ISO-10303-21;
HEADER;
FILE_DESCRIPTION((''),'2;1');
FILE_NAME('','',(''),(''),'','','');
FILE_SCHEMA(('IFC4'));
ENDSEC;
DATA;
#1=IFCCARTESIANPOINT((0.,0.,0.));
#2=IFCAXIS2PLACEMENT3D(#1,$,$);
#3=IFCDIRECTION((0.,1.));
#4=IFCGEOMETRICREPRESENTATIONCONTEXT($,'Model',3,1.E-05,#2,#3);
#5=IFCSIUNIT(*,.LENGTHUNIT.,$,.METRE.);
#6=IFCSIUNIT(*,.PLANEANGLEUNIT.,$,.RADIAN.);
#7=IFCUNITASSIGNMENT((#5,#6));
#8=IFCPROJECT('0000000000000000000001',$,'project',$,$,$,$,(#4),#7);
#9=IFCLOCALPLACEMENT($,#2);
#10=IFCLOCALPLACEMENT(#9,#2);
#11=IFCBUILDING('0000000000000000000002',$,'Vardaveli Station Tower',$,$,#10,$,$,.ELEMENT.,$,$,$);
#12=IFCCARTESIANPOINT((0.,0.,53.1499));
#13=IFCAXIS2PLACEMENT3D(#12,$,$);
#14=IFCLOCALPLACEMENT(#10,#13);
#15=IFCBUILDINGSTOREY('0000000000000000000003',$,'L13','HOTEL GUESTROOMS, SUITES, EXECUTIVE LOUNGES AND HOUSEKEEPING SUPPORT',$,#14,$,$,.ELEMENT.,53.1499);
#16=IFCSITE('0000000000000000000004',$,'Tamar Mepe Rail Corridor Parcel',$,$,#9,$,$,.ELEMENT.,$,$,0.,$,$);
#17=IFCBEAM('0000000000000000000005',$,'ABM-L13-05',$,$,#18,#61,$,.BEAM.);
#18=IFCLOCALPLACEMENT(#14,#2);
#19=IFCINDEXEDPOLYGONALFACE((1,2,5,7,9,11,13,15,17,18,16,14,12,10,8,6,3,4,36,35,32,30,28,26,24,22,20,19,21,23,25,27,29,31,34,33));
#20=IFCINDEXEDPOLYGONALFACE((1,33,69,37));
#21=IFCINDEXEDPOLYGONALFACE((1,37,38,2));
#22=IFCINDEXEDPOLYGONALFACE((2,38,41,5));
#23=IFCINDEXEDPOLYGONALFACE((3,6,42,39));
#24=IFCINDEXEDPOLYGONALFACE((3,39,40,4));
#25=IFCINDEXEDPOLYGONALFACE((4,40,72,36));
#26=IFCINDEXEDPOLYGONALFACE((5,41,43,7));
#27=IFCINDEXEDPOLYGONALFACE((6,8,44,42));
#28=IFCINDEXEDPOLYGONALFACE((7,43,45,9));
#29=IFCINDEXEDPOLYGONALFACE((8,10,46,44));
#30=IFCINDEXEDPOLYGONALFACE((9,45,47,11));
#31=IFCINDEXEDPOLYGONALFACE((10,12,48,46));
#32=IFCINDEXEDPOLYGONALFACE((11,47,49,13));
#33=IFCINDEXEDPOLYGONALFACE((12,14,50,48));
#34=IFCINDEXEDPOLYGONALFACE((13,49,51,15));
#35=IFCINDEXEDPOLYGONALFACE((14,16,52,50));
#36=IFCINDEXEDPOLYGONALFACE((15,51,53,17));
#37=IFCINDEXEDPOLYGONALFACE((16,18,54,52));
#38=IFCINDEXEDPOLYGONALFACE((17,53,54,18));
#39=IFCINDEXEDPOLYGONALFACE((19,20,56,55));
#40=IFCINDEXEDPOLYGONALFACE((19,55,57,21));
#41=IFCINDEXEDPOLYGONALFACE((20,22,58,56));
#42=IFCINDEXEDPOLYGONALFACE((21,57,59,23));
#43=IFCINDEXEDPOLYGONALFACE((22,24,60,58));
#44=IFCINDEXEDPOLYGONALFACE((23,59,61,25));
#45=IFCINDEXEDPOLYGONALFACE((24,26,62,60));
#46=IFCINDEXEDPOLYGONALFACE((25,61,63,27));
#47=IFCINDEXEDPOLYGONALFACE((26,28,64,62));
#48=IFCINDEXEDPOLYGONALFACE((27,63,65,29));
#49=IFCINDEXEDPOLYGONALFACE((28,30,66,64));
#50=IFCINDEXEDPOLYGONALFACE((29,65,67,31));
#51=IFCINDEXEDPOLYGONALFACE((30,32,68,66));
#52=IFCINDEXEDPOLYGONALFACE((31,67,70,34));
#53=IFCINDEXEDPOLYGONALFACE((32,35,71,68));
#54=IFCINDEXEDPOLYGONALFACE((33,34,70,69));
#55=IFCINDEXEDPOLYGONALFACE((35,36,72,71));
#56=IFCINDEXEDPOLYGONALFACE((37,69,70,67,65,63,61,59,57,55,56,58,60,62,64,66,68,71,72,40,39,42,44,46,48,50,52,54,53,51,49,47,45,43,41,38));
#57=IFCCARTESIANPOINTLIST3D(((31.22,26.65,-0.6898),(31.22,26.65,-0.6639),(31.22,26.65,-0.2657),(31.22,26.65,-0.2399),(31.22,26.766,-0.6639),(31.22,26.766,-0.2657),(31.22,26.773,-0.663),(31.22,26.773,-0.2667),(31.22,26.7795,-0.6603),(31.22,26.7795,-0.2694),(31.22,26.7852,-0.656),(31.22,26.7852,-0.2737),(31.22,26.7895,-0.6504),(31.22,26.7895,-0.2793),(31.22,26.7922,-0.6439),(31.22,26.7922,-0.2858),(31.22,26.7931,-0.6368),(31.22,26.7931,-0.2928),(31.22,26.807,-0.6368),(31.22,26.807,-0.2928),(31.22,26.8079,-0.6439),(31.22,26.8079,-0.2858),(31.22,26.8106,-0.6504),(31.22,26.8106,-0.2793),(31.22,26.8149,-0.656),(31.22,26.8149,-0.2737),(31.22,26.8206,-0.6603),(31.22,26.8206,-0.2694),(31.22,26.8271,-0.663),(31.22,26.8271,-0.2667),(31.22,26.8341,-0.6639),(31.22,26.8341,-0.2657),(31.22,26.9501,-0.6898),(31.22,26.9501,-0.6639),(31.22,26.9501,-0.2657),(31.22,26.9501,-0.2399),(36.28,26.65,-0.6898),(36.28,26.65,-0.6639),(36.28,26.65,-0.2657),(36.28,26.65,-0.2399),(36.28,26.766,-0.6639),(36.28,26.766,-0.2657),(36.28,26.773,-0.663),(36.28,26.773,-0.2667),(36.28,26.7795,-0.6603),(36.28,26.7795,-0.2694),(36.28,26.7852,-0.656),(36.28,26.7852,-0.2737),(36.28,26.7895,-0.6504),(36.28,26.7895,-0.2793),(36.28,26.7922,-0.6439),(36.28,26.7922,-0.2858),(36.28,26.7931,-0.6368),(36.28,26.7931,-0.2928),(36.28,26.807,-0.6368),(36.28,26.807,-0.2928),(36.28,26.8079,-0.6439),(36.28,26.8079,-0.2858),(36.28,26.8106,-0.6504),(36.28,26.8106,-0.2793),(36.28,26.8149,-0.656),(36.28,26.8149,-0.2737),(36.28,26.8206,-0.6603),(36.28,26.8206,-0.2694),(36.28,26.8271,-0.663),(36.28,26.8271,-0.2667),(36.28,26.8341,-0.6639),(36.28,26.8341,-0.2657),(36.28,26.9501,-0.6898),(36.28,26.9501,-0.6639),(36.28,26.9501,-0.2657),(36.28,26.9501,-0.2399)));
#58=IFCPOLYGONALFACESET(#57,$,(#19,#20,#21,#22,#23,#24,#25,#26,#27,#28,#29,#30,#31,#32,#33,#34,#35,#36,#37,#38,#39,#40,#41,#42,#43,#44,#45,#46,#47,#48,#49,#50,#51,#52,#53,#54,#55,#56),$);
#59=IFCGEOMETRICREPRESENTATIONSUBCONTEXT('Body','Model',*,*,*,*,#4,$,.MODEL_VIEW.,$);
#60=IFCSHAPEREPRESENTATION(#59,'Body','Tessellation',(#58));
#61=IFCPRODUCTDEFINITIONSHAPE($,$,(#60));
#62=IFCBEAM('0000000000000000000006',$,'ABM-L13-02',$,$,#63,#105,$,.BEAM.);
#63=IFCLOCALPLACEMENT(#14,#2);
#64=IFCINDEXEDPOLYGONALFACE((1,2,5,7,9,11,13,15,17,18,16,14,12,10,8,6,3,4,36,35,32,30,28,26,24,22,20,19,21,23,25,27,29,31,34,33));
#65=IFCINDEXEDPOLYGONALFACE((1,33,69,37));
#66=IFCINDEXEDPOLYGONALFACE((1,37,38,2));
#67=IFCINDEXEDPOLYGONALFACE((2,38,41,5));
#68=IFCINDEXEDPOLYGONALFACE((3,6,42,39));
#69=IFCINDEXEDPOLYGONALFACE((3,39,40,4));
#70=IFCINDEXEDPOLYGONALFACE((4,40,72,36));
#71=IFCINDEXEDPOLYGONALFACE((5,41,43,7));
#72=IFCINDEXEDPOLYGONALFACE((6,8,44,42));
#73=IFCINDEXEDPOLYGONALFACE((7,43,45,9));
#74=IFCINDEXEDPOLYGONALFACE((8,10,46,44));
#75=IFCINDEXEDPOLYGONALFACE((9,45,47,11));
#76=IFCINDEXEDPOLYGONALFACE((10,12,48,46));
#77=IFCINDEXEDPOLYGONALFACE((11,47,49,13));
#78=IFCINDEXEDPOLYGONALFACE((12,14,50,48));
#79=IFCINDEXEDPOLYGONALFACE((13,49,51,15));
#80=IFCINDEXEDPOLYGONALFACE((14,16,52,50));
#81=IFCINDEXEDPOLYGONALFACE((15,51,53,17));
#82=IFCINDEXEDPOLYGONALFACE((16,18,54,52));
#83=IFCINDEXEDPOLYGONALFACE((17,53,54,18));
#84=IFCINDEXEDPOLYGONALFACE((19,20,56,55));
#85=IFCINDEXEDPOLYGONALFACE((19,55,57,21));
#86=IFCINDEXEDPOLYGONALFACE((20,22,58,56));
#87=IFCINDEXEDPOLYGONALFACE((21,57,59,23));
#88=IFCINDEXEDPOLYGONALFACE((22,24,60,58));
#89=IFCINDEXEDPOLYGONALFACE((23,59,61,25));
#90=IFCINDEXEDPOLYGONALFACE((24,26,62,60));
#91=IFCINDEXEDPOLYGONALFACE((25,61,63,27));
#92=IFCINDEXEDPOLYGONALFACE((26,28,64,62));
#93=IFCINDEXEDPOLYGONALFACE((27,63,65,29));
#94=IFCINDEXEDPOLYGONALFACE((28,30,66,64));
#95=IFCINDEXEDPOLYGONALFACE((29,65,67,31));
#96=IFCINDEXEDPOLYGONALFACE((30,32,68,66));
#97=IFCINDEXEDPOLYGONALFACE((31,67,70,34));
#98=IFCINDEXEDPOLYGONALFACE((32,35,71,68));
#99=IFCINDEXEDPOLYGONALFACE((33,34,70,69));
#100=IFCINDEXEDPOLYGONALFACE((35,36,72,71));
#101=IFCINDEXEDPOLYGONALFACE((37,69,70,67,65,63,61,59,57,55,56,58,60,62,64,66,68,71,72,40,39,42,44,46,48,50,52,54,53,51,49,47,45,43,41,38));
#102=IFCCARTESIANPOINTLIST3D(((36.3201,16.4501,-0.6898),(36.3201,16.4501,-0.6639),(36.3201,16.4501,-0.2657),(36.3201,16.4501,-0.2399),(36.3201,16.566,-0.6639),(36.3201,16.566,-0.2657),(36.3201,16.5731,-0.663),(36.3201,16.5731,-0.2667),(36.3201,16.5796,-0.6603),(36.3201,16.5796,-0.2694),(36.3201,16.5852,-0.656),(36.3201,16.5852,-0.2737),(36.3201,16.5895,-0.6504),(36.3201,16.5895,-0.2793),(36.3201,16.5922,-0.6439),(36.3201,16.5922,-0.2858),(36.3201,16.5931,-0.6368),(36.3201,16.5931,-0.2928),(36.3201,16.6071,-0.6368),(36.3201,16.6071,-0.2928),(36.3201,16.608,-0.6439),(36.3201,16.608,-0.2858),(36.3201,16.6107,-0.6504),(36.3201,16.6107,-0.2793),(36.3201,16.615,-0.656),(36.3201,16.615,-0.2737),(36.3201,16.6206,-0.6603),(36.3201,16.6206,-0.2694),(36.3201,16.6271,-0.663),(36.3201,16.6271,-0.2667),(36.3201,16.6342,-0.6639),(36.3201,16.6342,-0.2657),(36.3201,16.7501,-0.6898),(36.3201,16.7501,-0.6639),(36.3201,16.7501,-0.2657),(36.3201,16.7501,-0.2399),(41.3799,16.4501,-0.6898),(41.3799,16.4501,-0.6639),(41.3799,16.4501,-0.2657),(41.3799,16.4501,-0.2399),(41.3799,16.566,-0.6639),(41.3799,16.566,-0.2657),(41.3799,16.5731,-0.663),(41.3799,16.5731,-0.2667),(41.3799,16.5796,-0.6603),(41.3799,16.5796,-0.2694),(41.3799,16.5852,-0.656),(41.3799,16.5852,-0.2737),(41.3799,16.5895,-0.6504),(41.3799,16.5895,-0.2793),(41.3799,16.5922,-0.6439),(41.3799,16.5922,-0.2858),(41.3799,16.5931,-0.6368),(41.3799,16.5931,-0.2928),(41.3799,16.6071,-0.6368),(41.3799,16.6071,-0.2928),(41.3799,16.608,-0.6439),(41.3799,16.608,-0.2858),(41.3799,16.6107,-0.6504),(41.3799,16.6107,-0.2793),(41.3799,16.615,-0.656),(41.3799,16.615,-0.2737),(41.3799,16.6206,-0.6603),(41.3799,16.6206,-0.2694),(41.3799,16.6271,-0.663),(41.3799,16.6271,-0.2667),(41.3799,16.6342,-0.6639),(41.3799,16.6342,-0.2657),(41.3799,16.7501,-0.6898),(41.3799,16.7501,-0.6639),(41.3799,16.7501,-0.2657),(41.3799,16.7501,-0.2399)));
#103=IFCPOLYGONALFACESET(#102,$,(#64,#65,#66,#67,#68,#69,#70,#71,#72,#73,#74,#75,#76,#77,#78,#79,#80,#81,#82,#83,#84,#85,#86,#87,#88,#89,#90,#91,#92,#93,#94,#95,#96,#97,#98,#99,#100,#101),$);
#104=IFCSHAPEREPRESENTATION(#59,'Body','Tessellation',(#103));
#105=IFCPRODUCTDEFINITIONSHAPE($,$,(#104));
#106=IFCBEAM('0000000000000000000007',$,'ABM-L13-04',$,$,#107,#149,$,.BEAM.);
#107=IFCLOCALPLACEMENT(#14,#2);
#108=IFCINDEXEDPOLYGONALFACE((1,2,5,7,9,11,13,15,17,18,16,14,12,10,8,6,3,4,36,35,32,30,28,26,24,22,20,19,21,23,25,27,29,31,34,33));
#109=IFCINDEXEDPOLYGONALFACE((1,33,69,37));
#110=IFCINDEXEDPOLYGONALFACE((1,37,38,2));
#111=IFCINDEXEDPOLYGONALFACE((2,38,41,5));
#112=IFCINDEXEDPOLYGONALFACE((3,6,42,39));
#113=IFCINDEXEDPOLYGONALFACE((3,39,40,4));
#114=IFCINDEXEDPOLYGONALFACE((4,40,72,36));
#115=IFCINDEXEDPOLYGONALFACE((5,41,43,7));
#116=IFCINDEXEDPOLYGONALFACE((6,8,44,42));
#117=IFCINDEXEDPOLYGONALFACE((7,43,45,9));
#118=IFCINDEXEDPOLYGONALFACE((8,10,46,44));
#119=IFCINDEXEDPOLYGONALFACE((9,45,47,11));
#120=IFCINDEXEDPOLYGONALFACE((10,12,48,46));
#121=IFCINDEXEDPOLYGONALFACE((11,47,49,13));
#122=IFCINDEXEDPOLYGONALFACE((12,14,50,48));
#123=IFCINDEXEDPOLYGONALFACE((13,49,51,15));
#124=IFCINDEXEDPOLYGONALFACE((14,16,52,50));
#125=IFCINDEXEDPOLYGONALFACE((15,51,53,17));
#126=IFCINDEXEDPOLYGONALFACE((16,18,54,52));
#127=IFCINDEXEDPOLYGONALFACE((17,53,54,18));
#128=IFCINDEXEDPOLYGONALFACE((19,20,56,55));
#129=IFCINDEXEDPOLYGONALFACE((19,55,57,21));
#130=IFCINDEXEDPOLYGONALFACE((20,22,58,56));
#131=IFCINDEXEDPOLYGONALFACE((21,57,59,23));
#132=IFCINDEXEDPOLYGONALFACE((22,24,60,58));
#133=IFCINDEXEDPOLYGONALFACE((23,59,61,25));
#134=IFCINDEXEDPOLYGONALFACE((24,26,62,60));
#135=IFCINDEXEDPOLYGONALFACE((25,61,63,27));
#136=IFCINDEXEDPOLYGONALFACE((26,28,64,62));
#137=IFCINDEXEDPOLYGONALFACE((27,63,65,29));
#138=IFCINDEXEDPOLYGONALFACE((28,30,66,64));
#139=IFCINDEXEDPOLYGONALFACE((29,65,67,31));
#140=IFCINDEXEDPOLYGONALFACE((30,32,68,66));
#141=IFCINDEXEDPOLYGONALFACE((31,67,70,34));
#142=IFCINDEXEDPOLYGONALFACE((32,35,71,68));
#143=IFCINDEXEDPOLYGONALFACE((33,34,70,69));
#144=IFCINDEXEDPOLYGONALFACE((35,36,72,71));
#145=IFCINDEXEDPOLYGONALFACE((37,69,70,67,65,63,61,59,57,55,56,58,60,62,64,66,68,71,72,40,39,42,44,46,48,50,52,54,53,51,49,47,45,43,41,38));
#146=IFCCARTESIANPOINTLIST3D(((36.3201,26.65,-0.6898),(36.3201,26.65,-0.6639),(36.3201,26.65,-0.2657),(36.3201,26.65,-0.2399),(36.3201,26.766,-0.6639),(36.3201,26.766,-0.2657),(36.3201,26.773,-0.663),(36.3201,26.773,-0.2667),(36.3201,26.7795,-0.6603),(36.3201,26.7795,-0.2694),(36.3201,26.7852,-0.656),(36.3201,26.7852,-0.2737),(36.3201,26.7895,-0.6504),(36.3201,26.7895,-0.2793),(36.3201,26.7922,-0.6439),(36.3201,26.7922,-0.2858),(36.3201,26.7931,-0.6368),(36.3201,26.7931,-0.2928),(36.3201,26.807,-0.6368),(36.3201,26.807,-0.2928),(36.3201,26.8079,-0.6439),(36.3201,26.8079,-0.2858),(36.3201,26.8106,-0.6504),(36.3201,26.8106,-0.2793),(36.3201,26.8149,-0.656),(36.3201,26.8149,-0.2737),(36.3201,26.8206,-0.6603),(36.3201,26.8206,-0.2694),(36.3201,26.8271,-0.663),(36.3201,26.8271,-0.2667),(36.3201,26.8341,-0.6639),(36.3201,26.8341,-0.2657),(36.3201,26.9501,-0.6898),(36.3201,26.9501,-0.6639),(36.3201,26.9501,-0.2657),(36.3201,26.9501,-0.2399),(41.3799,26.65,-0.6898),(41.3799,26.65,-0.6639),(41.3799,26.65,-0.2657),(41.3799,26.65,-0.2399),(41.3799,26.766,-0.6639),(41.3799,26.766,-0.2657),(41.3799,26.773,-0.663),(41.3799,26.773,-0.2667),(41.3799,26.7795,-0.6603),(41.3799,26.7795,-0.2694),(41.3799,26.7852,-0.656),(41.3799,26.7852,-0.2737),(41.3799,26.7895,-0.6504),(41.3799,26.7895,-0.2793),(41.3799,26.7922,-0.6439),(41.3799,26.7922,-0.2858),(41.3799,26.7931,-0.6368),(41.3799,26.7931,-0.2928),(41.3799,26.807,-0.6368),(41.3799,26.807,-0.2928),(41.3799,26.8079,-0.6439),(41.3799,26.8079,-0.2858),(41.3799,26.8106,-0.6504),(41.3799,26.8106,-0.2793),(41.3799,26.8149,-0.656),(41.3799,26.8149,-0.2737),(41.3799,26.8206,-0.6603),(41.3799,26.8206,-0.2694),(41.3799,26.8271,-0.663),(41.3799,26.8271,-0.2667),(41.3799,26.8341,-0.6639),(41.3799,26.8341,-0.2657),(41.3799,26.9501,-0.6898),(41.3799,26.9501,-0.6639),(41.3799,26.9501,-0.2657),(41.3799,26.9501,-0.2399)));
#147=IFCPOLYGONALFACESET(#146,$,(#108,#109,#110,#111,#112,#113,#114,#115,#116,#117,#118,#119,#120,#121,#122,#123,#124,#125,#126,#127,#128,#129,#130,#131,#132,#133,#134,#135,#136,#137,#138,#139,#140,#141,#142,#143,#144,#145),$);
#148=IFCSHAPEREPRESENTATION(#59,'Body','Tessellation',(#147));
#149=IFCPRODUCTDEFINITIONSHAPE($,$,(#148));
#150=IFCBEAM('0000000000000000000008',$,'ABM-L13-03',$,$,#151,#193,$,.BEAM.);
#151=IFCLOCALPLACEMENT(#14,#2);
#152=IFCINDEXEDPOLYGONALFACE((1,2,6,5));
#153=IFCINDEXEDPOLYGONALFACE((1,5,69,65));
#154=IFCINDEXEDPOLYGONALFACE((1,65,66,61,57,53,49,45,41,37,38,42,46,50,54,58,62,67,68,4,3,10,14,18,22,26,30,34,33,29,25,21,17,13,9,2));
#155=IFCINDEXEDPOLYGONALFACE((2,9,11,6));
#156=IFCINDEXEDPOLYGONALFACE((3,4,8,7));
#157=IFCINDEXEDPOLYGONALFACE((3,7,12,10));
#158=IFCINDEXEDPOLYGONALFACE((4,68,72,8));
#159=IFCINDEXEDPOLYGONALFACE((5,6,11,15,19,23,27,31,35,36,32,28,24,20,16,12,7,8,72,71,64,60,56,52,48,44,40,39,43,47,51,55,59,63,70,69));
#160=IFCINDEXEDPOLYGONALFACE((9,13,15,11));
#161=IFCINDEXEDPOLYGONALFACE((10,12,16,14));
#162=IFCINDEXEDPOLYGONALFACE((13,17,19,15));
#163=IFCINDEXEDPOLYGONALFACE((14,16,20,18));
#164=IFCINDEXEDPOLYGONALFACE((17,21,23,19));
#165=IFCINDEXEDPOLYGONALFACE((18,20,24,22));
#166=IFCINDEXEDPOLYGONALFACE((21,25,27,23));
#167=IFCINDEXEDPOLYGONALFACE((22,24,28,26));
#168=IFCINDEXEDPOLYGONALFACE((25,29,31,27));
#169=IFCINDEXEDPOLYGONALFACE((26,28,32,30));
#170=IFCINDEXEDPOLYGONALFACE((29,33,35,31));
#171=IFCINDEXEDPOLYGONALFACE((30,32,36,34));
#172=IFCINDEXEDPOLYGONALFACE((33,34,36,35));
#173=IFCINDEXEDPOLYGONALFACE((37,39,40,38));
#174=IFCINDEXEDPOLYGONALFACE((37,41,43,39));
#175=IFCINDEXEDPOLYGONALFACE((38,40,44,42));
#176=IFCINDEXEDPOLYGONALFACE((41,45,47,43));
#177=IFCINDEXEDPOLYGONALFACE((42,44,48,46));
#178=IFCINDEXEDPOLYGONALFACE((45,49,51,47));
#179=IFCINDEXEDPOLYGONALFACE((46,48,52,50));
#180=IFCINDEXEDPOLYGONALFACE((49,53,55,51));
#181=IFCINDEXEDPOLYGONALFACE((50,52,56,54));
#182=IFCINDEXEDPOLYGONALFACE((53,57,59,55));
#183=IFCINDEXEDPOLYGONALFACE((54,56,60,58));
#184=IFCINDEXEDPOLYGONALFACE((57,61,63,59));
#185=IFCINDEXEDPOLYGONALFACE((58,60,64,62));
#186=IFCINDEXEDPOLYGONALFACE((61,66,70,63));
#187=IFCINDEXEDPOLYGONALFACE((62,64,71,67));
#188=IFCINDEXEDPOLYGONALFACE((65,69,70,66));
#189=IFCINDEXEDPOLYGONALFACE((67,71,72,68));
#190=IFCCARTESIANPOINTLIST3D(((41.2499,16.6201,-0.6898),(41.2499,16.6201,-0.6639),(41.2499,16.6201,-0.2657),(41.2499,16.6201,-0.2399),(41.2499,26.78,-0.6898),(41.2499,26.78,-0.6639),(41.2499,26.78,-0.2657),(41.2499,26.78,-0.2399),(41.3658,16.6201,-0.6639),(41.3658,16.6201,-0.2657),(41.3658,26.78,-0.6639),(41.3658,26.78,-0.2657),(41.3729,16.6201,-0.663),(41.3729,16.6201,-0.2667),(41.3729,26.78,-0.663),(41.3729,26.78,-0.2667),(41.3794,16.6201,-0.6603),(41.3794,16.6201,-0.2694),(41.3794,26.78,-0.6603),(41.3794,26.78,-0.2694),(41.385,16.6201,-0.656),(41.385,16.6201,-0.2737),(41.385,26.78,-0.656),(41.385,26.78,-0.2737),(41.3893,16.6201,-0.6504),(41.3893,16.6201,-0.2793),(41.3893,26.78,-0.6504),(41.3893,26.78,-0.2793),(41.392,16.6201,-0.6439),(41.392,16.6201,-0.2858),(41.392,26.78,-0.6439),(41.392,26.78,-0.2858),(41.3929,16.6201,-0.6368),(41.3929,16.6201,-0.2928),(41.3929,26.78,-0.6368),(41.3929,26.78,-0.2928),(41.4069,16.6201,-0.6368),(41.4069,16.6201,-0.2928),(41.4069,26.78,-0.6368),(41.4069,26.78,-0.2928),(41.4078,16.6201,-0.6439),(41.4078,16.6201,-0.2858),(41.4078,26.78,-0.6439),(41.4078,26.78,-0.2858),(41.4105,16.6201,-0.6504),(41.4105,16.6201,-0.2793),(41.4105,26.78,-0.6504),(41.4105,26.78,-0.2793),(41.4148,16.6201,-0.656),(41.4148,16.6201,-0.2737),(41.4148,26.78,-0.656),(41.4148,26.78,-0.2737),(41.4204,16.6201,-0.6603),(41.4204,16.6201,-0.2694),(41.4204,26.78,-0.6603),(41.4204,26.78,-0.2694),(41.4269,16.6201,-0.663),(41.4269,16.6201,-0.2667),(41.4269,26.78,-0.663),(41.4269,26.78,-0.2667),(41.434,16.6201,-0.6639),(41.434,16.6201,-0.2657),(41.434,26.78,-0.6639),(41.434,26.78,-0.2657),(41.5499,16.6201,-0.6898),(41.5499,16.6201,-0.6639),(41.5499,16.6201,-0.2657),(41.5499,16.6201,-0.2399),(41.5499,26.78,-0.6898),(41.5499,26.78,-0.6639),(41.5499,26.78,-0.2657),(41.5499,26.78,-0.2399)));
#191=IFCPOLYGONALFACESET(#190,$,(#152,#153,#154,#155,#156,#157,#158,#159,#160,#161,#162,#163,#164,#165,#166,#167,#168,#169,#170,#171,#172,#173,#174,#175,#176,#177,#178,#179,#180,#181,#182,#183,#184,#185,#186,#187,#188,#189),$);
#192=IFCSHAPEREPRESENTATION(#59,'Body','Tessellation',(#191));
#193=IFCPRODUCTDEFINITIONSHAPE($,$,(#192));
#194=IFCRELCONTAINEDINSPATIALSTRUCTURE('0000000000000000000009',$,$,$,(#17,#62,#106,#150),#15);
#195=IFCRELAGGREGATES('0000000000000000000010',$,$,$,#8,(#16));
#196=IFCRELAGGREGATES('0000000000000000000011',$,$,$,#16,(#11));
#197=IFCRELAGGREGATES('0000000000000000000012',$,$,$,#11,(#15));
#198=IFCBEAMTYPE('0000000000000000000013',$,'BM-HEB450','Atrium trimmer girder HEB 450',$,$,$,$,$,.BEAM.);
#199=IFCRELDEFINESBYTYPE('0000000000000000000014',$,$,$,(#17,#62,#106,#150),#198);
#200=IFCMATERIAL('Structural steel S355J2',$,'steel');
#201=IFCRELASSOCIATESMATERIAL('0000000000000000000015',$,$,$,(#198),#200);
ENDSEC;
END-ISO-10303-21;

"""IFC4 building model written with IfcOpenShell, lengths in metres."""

from ifc_helpers import new_model, si_unit, direction, frame, origin, origin_2d, place, context, subcontext, project, spatial, i_section, extrude, source, transform, mapped, material, material_profile, profile_set, type_object, element, save


model = new_model("IFC4")

# Units and contexts
model_context = context("Model", 3, precision=1e-05, world=origin(), true_north=direction((0.0, 1.0)))
body_context = subcontext(model_context, "Body", "Model", "MODEL_VIEW")
ifc_project = project(units=[si_unit("LENGTHUNIT", "METRE"), si_unit("PLANEANGLEUNIT", "RADIAN")], contexts=[model_context])

# Site, building, storey
site_placement = place(None, origin())
site = spatial("IfcSite", under=ifc_project, at=site_placement, Name="Tamar Mepe Rail Corridor Parcel", CompositionType="ELEMENT", RefElevation=0.0)
building_placement = place(site_placement, origin())
building = spatial("IfcBuilding", under=site, at=building_placement, Name="Vardaveli Station Tower", CompositionType="ELEMENT")
storey_placement = place(building_placement, frame((0.0, 0.0, 53.1499)))
storey = spatial("IfcBuildingStorey", under=building, at=storey_placement, Name="L13", Description="HOTEL GUESTROOMS, SUITES, EXECUTIVE LOUNGES AND HOUSEKEEPING SUPPORT", CompositionType="ELEMENT", Elevation=53.1499)

# Beams
ifc_material_1 = material(Name="Structural steel S355J2", Category="steel")
ifc_material_profile_1 = material_profile(ifc_material_1, i_section(OverallWidth=0.3, OverallDepth=0.45, WebThickness=0.0139, FlangeThickness=0.0259, FilletRadius=0.0271, at=origin_2d()), Name="HEB 450")
ifc_profile_set_1 = profile_set([ifc_material_profile_1], Name="Structural steel S355J2")
beam_type_1 = type_object("IfcBeamType", Name="BM-HEB450", Description="Atrium trimmer girder HEB 450", PredefinedType="BEAM", material=ifc_profile_set_1)
shared_shape_1 = source(origin(), body_context, "Body", "SweptSolid", [
    extrude(i_section(OverallWidth=0.3, OverallDepth=0.45, WebThickness=0.0139, FlangeThickness=0.0259, FilletRadius=0.0271, at=origin_2d()), origin(), (0.0, 0.0, 1.0), 5.0601),
])
beam_1_placement = place(storey_placement, frame((36.28, 26.8, -0.4648), z_axis=(-1.0, 0.0, 0.0), x_axis=(0.0, -1.0, 0.0)))
element("IfcBeam", 1, at=beam_1_placement, inside=storey, type_object=beam_type_1, Name="ABM-L13-05", PredefinedType="BEAM", context=body_context, shape_type="MappedRepresentation", body=[
    mapped(shared_shape_1, transform((0.0, 0.0, 0.0), scale=1.0)),
])
shared_shape_2 = source(origin(), body_context, "Body", "SweptSolid", [
    extrude(i_section(OverallWidth=0.3, OverallDepth=0.45, WebThickness=0.0139, FlangeThickness=0.0259, FilletRadius=0.0271, at=origin_2d()), origin(), (0.0, 0.0, 1.0), 5.0598),
])
for number, where, z_axis, x_axis, name in (
    (2, (36.3201, 16.6001, -0.4648), (1.0, 0.0, 0.0), (0.0, 1.0, 0.0), "ABM-L13-02"),
    (3, (41.3799, 26.8, -0.4648), (-1.0, 0.0, 0.0), (0.0, -1.0, 0.0), "ABM-L13-04"),
):
    element("IfcBeam", number, at=place(storey_placement, frame(where, z_axis=z_axis, x_axis=x_axis)), inside=storey, type_object=beam_type_1, Name=name, PredefinedType="BEAM", context=body_context, shape_type="MappedRepresentation", body=[
        mapped(shared_shape_2, transform((0.0, 0.0, 0.0), scale=1.0)),
    ])
shared_shape_3 = source(origin(), body_context, "Body", "SweptSolid", [
    extrude(i_section(OverallWidth=0.3, OverallDepth=0.45, WebThickness=0.0139, FlangeThickness=0.0259, FilletRadius=0.0271, at=origin_2d()), origin(), (0.0, 0.0, 1.0), 10.1599),
])
for number, where, z_axis, x_axis, name in (
    (4, (41.3999, 16.6201, -0.4648), (0.0, 1.0, 0.0), (-1.0, 0.0, 0.0), "ABM-L13-03"),
):
    element("IfcBeam", number, at=place(storey_placement, frame(where, z_axis=z_axis, x_axis=x_axis)), inside=storey, type_object=beam_type_1, Name=name, PredefinedType="BEAM", context=body_context, shape_type="MappedRepresentation", body=[
        mapped(shared_shape_3, transform((0.0, 0.0, 0.0), scale=1.0)),
    ])

save(model, "model.ifc")
